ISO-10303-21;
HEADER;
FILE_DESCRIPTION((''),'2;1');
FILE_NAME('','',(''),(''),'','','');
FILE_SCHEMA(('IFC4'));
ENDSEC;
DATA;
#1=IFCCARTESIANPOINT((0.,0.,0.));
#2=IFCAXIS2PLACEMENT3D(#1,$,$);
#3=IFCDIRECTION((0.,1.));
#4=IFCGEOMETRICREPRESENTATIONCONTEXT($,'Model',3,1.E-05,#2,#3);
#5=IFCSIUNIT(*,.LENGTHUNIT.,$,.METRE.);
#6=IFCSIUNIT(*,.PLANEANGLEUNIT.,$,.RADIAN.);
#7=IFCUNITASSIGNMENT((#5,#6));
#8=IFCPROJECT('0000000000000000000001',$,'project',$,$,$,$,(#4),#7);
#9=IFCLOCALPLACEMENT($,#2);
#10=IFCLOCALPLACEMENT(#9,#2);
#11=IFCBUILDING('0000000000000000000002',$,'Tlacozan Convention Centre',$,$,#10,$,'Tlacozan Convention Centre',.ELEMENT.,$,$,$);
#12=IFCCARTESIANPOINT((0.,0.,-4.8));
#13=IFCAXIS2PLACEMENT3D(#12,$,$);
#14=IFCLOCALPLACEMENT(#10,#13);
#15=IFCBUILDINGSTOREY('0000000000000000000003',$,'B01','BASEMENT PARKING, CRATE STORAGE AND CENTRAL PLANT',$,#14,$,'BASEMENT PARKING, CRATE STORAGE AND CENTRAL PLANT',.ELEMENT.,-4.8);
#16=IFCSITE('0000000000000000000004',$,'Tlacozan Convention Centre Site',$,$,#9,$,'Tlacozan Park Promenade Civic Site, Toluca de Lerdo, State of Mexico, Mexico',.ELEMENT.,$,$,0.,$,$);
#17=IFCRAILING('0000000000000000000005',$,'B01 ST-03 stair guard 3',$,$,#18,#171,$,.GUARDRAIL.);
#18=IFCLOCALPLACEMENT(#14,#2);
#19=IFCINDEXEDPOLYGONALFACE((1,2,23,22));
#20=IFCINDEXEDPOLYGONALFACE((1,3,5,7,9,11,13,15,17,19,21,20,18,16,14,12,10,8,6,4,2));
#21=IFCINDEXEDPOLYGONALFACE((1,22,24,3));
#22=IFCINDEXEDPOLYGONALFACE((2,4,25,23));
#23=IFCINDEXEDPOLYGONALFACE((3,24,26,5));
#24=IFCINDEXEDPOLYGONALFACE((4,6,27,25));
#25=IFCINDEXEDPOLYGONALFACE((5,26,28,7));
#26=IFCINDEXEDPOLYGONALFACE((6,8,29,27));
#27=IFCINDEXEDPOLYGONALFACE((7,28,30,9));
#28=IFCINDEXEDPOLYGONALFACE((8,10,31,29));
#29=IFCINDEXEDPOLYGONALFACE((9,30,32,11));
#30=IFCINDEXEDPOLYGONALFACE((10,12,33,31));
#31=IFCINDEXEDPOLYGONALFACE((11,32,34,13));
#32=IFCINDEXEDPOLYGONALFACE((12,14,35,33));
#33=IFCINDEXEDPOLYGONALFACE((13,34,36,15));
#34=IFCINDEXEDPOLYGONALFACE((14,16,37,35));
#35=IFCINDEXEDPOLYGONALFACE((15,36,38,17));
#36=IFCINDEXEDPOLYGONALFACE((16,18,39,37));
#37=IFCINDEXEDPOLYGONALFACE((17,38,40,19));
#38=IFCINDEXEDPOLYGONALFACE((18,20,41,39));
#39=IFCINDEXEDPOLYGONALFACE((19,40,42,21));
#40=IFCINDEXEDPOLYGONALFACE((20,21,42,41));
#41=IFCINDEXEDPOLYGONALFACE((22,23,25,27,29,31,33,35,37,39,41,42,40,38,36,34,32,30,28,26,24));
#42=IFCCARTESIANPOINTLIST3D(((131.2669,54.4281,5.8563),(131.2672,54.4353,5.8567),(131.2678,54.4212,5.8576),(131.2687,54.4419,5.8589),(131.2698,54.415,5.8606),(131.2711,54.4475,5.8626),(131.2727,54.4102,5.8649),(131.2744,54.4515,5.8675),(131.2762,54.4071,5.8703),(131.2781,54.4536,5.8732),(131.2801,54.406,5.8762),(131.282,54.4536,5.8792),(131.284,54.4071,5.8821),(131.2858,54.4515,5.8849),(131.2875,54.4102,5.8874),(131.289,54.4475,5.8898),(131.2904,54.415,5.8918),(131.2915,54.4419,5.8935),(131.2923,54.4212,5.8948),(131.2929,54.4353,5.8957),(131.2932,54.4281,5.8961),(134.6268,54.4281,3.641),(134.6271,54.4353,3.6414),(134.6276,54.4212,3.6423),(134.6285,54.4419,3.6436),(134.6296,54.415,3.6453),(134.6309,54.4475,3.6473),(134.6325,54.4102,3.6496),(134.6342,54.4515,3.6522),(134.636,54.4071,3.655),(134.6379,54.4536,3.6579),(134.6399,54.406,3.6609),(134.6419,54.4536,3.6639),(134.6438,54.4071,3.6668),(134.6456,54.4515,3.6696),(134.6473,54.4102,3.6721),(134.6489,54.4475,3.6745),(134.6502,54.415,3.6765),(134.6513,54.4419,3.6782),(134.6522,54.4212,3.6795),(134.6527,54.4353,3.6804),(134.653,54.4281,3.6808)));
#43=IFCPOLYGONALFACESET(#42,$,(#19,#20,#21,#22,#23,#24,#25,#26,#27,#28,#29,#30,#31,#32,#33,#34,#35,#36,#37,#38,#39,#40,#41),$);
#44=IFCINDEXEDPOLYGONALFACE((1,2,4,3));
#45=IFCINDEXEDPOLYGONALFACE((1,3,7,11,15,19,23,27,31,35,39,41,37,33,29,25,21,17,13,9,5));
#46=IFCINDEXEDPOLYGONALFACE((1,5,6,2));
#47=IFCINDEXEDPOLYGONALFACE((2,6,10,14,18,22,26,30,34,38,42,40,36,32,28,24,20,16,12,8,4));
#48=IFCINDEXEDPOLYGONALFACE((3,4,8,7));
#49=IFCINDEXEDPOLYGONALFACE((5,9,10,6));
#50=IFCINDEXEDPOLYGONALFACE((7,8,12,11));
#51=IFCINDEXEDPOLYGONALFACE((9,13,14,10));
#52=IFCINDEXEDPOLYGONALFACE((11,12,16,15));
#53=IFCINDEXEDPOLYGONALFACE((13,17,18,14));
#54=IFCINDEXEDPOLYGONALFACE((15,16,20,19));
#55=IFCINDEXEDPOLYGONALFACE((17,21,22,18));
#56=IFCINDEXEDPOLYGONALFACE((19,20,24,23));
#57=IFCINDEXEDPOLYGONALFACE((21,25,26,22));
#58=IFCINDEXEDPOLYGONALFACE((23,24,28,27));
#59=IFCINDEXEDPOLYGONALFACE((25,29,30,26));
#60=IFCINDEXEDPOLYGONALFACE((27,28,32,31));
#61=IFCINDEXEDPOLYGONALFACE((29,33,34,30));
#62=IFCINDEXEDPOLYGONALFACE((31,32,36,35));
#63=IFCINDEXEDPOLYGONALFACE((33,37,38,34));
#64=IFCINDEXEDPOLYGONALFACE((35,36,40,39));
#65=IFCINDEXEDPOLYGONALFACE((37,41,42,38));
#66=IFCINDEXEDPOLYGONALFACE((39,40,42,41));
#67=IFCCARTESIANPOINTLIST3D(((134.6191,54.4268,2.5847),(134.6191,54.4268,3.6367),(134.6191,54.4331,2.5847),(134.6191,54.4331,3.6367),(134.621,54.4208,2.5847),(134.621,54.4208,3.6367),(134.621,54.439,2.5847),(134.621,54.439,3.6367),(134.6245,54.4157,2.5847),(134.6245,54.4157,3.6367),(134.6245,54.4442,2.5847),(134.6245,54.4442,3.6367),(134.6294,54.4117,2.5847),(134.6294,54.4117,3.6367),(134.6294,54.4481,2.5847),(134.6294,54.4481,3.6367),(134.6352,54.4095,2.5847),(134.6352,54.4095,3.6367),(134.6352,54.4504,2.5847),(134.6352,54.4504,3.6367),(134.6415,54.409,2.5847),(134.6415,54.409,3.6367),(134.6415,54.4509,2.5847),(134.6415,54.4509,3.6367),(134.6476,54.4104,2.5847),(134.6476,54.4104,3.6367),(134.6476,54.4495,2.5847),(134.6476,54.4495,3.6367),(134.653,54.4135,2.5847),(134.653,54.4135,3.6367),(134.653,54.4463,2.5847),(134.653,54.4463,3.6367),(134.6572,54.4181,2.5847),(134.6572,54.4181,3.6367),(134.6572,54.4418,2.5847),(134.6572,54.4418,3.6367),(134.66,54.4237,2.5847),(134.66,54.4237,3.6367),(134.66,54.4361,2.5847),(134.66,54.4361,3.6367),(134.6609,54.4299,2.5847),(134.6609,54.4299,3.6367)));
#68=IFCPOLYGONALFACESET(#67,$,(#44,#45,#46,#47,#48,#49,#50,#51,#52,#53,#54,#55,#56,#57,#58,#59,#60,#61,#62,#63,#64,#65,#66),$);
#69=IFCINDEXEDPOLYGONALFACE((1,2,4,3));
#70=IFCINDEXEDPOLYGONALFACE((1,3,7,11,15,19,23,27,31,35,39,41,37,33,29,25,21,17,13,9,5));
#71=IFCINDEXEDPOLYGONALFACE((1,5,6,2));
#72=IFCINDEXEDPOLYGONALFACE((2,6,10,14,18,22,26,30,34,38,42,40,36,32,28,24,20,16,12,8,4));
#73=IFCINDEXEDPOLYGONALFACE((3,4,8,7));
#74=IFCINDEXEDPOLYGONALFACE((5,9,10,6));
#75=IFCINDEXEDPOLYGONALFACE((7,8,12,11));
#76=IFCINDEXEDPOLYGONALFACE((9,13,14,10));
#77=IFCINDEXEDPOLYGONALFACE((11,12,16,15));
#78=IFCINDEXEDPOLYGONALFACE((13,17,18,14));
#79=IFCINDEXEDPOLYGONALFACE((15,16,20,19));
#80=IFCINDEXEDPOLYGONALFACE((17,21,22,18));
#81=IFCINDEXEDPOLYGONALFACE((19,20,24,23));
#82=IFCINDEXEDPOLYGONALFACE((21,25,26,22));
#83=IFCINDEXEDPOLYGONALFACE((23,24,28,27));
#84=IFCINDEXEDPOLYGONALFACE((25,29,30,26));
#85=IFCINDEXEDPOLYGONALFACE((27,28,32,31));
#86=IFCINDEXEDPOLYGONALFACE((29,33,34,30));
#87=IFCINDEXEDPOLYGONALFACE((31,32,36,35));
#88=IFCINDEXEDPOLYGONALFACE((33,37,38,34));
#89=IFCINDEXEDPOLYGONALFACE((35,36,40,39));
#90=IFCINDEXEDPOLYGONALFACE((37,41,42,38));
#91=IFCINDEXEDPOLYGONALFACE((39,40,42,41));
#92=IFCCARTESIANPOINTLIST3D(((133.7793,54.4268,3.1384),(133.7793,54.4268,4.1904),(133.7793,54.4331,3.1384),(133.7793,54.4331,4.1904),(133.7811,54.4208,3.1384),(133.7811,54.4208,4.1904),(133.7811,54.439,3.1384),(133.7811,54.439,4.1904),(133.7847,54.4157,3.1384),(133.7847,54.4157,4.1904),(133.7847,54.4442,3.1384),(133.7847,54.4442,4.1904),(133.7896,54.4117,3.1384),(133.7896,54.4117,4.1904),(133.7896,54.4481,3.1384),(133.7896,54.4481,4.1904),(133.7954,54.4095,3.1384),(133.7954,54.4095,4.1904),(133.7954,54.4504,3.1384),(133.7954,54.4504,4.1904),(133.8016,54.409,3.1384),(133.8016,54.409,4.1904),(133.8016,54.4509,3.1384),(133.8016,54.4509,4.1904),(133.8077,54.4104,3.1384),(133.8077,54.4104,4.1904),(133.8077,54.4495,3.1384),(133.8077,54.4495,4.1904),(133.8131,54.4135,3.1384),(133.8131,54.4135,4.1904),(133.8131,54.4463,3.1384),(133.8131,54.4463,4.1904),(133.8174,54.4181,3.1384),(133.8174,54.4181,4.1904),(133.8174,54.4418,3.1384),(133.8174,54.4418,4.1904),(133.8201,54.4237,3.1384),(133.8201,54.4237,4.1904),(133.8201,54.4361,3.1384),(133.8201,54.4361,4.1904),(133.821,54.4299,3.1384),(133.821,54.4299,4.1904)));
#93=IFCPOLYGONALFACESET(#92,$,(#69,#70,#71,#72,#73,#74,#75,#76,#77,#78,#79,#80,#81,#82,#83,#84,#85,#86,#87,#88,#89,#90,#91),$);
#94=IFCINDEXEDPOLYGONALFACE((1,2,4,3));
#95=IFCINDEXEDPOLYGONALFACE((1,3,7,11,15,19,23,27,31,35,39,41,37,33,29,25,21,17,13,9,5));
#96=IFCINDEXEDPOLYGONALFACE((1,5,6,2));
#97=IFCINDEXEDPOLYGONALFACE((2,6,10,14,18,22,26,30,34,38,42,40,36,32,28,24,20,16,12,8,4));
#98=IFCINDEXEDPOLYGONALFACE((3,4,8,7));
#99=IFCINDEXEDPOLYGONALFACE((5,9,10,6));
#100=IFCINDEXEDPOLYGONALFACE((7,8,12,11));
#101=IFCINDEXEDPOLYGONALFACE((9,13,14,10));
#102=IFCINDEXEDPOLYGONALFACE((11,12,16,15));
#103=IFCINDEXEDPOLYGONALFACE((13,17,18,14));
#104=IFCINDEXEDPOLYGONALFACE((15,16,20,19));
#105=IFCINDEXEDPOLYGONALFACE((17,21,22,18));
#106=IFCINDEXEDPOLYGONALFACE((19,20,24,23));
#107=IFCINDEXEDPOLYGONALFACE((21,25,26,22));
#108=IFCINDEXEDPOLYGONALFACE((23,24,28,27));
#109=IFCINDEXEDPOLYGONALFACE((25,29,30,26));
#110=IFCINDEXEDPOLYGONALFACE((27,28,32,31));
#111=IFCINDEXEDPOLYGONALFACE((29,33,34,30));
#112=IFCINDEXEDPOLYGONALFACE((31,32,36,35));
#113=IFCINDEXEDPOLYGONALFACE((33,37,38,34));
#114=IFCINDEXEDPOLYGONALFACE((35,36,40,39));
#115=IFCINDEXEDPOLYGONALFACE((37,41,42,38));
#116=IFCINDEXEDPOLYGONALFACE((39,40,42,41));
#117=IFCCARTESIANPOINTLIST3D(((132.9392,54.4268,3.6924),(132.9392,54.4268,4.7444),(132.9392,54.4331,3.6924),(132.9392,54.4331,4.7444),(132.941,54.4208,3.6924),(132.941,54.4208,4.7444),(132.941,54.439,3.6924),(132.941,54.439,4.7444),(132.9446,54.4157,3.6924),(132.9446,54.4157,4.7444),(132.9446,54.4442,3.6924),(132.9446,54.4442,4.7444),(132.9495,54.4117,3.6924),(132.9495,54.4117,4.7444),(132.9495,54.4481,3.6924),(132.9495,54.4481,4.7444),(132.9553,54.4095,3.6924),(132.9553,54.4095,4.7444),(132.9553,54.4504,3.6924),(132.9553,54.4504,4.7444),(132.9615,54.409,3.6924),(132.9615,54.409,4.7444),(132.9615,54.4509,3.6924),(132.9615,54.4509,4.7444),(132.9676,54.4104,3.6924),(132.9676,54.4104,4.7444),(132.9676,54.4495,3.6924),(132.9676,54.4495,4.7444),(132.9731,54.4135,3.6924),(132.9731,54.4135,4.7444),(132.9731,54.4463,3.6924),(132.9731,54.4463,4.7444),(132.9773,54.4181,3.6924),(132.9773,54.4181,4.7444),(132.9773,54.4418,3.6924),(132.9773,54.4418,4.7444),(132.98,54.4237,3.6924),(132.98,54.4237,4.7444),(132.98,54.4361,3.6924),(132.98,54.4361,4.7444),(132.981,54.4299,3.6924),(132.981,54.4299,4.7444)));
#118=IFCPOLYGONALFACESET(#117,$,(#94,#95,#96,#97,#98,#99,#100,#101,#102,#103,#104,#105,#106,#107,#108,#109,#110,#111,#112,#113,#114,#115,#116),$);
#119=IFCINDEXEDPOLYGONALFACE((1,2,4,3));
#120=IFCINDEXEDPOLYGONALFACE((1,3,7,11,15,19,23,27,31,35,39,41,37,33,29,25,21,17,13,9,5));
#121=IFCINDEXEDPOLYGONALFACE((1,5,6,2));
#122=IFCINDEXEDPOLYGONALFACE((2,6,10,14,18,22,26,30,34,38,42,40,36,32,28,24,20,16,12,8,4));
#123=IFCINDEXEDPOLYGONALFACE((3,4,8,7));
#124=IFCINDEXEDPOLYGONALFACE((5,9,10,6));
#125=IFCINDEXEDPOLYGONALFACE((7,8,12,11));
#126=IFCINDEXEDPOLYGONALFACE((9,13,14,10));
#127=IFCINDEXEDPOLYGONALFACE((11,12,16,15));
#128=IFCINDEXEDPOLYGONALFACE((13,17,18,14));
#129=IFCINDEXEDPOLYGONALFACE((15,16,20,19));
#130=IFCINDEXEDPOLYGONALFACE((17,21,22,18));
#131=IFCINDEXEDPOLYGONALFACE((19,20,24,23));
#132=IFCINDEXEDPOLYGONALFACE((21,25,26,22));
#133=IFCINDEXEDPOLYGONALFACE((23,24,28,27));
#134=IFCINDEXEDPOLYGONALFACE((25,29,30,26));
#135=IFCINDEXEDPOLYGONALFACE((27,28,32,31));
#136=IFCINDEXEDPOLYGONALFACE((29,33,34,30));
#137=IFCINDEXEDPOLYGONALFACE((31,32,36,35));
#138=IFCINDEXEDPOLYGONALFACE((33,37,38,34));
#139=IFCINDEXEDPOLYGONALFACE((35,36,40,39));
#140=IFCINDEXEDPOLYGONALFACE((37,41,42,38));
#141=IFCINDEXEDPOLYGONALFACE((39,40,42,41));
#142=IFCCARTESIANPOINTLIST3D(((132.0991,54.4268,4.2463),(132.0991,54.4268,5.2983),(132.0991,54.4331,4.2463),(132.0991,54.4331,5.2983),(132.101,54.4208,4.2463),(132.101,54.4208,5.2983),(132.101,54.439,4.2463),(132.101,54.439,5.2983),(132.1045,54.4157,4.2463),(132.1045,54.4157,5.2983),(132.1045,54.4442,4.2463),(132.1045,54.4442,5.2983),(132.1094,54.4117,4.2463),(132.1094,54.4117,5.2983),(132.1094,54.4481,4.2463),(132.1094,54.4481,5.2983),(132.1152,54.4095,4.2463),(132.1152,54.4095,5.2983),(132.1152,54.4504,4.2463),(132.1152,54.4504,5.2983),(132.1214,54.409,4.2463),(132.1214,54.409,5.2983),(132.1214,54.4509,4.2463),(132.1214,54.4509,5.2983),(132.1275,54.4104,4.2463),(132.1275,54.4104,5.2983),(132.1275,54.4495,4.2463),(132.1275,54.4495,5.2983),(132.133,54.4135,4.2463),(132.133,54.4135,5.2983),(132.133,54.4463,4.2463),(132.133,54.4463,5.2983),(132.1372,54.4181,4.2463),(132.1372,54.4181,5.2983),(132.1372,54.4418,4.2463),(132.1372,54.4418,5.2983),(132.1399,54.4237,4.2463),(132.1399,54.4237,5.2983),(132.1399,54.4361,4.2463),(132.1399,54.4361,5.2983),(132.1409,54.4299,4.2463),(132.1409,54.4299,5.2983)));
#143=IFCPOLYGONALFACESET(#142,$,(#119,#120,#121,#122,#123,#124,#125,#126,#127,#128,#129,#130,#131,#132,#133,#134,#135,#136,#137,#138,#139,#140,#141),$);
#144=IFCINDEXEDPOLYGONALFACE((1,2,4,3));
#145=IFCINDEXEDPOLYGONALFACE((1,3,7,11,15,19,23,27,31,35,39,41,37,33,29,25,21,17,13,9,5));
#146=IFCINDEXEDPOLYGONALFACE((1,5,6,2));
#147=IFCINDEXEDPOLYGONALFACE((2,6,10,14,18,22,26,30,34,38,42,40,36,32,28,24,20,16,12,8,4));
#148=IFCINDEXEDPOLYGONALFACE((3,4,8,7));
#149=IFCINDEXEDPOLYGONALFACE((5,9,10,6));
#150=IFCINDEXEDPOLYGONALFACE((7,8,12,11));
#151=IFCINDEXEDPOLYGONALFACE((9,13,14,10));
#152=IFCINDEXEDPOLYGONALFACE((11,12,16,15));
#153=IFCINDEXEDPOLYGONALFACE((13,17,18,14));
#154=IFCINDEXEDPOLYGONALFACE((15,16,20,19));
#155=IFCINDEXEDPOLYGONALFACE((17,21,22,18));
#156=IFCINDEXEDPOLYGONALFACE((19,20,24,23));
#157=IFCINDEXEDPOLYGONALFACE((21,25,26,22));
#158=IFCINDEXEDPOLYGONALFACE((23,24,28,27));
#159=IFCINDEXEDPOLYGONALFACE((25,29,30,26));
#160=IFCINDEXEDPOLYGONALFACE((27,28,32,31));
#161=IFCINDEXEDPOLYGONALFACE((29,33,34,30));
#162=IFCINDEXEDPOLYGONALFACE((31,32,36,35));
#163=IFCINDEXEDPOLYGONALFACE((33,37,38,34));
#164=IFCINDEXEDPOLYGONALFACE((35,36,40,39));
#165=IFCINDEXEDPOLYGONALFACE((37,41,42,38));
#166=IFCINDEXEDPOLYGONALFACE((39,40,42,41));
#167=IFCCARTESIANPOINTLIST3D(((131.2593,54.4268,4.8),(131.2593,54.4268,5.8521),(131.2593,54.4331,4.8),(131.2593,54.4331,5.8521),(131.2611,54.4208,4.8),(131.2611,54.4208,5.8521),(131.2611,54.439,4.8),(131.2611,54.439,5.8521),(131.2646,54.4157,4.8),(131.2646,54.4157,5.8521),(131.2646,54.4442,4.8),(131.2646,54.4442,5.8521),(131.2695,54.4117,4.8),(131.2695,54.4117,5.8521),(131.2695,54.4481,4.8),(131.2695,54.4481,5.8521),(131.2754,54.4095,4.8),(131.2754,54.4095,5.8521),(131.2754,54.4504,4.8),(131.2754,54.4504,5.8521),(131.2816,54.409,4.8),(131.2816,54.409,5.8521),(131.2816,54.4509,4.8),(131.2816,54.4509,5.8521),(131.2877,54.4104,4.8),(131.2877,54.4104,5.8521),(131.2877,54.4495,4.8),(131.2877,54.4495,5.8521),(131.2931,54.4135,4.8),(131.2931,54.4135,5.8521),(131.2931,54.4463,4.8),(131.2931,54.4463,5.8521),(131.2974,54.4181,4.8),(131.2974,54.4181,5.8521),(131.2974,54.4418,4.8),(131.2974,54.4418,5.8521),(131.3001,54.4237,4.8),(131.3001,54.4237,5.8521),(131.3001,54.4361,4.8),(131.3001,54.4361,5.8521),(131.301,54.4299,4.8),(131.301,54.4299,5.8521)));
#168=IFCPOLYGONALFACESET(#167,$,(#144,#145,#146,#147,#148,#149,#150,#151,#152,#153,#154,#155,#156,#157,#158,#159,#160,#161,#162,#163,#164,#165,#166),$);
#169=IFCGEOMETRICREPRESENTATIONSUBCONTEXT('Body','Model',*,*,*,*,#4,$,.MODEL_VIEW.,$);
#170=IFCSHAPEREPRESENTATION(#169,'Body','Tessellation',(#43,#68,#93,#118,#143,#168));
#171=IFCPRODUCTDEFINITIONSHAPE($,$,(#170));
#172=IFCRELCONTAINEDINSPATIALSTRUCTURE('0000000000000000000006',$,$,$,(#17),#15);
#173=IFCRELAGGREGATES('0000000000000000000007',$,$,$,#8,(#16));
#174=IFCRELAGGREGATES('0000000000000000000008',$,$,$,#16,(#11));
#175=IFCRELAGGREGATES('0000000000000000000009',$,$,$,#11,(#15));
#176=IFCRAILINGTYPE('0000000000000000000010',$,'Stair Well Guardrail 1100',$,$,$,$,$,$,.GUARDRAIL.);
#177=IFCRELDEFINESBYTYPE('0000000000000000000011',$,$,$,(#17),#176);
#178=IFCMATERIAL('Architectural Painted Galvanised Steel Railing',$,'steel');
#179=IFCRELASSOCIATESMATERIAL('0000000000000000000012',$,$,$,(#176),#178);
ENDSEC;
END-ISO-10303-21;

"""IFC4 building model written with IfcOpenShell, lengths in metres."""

from ifc_helpers import new_model, si_unit, direction, frame, origin, origin_2d, place, context, subcontext, project, spatial, circle, extrude, material, type_object, element, save


model = new_model("IFC4")

# Units and contexts
model_context = context("Model", 3, precision=1e-05, world=origin(), true_north=direction((0.0, 1.0)))
body_context = subcontext(model_context, "Body", "Model", "MODEL_VIEW")
ifc_project = project(units=[si_unit("LENGTHUNIT", "METRE"), si_unit("PLANEANGLEUNIT", "RADIAN")], contexts=[model_context])

# Site, building, storey
site_placement = place(None, origin())
site = spatial("IfcSite", under=ifc_project, at=site_placement, Name="Tlacozan Convention Centre Site", LongName="Tlacozan Park Promenade Civic Site, Toluca de Lerdo, State of Mexico, Mexico", CompositionType="ELEMENT", RefElevation=0.0)
building_placement = place(site_placement, origin())
building = spatial("IfcBuilding", under=site, at=building_placement, Name="Tlacozan Convention Centre", LongName="Tlacozan Convention Centre", CompositionType="ELEMENT")
storey_placement = place(building_placement, frame((0.0, 0.0, -4.8)))
storey = spatial("IfcBuildingStorey", under=building, at=storey_placement, Name="B01", Description="BASEMENT PARKING, CRATE STORAGE AND CENTRAL PLANT", LongName="BASEMENT PARKING, CRATE STORAGE AND CENTRAL PLANT", CompositionType="ELEMENT", Elevation=-4.8)

# Railing
ifc_material_1 = material(Name="Architectural Painted Galvanised Steel Railing", Category="steel")
railing_type_1 = type_object("IfcRailingType", Name="Stair Well Guardrail 1100", PredefinedType="GUARDRAIL", material=ifc_material_1)
railing_1_placement = place(storey_placement, frame((134.6399, 54.4299, 2.5847)))
element("IfcRailing", 1, at=railing_1_placement, inside=storey, type_object=railing_type_1, Name="B01 ST-03 stair guard 3", PredefinedType="GUARDRAIL", context=body_context, shape_type="SweptSolid", body=[
    extrude(circle(Radius=0.0239, at=origin_2d()), frame((0.0, 0.0, 1.0762), z_axis=(-0.834858, 0.0, 0.550465), x_axis=(0.0, -1.0, 0.0)), (0.0, 0.0, 1.0), 4.0244),
    extrude(circle(Radius=0.021, at=origin_2d()), origin(), (0.0, 0.0, 1.0), 1.052),
    extrude(circle(Radius=0.021, at=origin_2d()), frame((-0.8398, 0.0, 0.5537)), (0.0, 0.0, 1.0), 1.052),
    extrude(circle(Radius=0.021, at=origin_2d()), frame((-1.6799, 0.0, 1.1077)), (0.0, 0.0, 1.0), 1.052),
    extrude(circle(Radius=0.021, at=origin_2d()), frame((-2.52, 0.0, 1.6616)), (0.0, 0.0, 1.0), 1.052),
    extrude(circle(Radius=0.021, at=origin_2d()), frame((-3.3599, 0.0, 2.2153)), (0.0, 0.0, 1.0), 1.052),
])

save(model, "model.ifc")
